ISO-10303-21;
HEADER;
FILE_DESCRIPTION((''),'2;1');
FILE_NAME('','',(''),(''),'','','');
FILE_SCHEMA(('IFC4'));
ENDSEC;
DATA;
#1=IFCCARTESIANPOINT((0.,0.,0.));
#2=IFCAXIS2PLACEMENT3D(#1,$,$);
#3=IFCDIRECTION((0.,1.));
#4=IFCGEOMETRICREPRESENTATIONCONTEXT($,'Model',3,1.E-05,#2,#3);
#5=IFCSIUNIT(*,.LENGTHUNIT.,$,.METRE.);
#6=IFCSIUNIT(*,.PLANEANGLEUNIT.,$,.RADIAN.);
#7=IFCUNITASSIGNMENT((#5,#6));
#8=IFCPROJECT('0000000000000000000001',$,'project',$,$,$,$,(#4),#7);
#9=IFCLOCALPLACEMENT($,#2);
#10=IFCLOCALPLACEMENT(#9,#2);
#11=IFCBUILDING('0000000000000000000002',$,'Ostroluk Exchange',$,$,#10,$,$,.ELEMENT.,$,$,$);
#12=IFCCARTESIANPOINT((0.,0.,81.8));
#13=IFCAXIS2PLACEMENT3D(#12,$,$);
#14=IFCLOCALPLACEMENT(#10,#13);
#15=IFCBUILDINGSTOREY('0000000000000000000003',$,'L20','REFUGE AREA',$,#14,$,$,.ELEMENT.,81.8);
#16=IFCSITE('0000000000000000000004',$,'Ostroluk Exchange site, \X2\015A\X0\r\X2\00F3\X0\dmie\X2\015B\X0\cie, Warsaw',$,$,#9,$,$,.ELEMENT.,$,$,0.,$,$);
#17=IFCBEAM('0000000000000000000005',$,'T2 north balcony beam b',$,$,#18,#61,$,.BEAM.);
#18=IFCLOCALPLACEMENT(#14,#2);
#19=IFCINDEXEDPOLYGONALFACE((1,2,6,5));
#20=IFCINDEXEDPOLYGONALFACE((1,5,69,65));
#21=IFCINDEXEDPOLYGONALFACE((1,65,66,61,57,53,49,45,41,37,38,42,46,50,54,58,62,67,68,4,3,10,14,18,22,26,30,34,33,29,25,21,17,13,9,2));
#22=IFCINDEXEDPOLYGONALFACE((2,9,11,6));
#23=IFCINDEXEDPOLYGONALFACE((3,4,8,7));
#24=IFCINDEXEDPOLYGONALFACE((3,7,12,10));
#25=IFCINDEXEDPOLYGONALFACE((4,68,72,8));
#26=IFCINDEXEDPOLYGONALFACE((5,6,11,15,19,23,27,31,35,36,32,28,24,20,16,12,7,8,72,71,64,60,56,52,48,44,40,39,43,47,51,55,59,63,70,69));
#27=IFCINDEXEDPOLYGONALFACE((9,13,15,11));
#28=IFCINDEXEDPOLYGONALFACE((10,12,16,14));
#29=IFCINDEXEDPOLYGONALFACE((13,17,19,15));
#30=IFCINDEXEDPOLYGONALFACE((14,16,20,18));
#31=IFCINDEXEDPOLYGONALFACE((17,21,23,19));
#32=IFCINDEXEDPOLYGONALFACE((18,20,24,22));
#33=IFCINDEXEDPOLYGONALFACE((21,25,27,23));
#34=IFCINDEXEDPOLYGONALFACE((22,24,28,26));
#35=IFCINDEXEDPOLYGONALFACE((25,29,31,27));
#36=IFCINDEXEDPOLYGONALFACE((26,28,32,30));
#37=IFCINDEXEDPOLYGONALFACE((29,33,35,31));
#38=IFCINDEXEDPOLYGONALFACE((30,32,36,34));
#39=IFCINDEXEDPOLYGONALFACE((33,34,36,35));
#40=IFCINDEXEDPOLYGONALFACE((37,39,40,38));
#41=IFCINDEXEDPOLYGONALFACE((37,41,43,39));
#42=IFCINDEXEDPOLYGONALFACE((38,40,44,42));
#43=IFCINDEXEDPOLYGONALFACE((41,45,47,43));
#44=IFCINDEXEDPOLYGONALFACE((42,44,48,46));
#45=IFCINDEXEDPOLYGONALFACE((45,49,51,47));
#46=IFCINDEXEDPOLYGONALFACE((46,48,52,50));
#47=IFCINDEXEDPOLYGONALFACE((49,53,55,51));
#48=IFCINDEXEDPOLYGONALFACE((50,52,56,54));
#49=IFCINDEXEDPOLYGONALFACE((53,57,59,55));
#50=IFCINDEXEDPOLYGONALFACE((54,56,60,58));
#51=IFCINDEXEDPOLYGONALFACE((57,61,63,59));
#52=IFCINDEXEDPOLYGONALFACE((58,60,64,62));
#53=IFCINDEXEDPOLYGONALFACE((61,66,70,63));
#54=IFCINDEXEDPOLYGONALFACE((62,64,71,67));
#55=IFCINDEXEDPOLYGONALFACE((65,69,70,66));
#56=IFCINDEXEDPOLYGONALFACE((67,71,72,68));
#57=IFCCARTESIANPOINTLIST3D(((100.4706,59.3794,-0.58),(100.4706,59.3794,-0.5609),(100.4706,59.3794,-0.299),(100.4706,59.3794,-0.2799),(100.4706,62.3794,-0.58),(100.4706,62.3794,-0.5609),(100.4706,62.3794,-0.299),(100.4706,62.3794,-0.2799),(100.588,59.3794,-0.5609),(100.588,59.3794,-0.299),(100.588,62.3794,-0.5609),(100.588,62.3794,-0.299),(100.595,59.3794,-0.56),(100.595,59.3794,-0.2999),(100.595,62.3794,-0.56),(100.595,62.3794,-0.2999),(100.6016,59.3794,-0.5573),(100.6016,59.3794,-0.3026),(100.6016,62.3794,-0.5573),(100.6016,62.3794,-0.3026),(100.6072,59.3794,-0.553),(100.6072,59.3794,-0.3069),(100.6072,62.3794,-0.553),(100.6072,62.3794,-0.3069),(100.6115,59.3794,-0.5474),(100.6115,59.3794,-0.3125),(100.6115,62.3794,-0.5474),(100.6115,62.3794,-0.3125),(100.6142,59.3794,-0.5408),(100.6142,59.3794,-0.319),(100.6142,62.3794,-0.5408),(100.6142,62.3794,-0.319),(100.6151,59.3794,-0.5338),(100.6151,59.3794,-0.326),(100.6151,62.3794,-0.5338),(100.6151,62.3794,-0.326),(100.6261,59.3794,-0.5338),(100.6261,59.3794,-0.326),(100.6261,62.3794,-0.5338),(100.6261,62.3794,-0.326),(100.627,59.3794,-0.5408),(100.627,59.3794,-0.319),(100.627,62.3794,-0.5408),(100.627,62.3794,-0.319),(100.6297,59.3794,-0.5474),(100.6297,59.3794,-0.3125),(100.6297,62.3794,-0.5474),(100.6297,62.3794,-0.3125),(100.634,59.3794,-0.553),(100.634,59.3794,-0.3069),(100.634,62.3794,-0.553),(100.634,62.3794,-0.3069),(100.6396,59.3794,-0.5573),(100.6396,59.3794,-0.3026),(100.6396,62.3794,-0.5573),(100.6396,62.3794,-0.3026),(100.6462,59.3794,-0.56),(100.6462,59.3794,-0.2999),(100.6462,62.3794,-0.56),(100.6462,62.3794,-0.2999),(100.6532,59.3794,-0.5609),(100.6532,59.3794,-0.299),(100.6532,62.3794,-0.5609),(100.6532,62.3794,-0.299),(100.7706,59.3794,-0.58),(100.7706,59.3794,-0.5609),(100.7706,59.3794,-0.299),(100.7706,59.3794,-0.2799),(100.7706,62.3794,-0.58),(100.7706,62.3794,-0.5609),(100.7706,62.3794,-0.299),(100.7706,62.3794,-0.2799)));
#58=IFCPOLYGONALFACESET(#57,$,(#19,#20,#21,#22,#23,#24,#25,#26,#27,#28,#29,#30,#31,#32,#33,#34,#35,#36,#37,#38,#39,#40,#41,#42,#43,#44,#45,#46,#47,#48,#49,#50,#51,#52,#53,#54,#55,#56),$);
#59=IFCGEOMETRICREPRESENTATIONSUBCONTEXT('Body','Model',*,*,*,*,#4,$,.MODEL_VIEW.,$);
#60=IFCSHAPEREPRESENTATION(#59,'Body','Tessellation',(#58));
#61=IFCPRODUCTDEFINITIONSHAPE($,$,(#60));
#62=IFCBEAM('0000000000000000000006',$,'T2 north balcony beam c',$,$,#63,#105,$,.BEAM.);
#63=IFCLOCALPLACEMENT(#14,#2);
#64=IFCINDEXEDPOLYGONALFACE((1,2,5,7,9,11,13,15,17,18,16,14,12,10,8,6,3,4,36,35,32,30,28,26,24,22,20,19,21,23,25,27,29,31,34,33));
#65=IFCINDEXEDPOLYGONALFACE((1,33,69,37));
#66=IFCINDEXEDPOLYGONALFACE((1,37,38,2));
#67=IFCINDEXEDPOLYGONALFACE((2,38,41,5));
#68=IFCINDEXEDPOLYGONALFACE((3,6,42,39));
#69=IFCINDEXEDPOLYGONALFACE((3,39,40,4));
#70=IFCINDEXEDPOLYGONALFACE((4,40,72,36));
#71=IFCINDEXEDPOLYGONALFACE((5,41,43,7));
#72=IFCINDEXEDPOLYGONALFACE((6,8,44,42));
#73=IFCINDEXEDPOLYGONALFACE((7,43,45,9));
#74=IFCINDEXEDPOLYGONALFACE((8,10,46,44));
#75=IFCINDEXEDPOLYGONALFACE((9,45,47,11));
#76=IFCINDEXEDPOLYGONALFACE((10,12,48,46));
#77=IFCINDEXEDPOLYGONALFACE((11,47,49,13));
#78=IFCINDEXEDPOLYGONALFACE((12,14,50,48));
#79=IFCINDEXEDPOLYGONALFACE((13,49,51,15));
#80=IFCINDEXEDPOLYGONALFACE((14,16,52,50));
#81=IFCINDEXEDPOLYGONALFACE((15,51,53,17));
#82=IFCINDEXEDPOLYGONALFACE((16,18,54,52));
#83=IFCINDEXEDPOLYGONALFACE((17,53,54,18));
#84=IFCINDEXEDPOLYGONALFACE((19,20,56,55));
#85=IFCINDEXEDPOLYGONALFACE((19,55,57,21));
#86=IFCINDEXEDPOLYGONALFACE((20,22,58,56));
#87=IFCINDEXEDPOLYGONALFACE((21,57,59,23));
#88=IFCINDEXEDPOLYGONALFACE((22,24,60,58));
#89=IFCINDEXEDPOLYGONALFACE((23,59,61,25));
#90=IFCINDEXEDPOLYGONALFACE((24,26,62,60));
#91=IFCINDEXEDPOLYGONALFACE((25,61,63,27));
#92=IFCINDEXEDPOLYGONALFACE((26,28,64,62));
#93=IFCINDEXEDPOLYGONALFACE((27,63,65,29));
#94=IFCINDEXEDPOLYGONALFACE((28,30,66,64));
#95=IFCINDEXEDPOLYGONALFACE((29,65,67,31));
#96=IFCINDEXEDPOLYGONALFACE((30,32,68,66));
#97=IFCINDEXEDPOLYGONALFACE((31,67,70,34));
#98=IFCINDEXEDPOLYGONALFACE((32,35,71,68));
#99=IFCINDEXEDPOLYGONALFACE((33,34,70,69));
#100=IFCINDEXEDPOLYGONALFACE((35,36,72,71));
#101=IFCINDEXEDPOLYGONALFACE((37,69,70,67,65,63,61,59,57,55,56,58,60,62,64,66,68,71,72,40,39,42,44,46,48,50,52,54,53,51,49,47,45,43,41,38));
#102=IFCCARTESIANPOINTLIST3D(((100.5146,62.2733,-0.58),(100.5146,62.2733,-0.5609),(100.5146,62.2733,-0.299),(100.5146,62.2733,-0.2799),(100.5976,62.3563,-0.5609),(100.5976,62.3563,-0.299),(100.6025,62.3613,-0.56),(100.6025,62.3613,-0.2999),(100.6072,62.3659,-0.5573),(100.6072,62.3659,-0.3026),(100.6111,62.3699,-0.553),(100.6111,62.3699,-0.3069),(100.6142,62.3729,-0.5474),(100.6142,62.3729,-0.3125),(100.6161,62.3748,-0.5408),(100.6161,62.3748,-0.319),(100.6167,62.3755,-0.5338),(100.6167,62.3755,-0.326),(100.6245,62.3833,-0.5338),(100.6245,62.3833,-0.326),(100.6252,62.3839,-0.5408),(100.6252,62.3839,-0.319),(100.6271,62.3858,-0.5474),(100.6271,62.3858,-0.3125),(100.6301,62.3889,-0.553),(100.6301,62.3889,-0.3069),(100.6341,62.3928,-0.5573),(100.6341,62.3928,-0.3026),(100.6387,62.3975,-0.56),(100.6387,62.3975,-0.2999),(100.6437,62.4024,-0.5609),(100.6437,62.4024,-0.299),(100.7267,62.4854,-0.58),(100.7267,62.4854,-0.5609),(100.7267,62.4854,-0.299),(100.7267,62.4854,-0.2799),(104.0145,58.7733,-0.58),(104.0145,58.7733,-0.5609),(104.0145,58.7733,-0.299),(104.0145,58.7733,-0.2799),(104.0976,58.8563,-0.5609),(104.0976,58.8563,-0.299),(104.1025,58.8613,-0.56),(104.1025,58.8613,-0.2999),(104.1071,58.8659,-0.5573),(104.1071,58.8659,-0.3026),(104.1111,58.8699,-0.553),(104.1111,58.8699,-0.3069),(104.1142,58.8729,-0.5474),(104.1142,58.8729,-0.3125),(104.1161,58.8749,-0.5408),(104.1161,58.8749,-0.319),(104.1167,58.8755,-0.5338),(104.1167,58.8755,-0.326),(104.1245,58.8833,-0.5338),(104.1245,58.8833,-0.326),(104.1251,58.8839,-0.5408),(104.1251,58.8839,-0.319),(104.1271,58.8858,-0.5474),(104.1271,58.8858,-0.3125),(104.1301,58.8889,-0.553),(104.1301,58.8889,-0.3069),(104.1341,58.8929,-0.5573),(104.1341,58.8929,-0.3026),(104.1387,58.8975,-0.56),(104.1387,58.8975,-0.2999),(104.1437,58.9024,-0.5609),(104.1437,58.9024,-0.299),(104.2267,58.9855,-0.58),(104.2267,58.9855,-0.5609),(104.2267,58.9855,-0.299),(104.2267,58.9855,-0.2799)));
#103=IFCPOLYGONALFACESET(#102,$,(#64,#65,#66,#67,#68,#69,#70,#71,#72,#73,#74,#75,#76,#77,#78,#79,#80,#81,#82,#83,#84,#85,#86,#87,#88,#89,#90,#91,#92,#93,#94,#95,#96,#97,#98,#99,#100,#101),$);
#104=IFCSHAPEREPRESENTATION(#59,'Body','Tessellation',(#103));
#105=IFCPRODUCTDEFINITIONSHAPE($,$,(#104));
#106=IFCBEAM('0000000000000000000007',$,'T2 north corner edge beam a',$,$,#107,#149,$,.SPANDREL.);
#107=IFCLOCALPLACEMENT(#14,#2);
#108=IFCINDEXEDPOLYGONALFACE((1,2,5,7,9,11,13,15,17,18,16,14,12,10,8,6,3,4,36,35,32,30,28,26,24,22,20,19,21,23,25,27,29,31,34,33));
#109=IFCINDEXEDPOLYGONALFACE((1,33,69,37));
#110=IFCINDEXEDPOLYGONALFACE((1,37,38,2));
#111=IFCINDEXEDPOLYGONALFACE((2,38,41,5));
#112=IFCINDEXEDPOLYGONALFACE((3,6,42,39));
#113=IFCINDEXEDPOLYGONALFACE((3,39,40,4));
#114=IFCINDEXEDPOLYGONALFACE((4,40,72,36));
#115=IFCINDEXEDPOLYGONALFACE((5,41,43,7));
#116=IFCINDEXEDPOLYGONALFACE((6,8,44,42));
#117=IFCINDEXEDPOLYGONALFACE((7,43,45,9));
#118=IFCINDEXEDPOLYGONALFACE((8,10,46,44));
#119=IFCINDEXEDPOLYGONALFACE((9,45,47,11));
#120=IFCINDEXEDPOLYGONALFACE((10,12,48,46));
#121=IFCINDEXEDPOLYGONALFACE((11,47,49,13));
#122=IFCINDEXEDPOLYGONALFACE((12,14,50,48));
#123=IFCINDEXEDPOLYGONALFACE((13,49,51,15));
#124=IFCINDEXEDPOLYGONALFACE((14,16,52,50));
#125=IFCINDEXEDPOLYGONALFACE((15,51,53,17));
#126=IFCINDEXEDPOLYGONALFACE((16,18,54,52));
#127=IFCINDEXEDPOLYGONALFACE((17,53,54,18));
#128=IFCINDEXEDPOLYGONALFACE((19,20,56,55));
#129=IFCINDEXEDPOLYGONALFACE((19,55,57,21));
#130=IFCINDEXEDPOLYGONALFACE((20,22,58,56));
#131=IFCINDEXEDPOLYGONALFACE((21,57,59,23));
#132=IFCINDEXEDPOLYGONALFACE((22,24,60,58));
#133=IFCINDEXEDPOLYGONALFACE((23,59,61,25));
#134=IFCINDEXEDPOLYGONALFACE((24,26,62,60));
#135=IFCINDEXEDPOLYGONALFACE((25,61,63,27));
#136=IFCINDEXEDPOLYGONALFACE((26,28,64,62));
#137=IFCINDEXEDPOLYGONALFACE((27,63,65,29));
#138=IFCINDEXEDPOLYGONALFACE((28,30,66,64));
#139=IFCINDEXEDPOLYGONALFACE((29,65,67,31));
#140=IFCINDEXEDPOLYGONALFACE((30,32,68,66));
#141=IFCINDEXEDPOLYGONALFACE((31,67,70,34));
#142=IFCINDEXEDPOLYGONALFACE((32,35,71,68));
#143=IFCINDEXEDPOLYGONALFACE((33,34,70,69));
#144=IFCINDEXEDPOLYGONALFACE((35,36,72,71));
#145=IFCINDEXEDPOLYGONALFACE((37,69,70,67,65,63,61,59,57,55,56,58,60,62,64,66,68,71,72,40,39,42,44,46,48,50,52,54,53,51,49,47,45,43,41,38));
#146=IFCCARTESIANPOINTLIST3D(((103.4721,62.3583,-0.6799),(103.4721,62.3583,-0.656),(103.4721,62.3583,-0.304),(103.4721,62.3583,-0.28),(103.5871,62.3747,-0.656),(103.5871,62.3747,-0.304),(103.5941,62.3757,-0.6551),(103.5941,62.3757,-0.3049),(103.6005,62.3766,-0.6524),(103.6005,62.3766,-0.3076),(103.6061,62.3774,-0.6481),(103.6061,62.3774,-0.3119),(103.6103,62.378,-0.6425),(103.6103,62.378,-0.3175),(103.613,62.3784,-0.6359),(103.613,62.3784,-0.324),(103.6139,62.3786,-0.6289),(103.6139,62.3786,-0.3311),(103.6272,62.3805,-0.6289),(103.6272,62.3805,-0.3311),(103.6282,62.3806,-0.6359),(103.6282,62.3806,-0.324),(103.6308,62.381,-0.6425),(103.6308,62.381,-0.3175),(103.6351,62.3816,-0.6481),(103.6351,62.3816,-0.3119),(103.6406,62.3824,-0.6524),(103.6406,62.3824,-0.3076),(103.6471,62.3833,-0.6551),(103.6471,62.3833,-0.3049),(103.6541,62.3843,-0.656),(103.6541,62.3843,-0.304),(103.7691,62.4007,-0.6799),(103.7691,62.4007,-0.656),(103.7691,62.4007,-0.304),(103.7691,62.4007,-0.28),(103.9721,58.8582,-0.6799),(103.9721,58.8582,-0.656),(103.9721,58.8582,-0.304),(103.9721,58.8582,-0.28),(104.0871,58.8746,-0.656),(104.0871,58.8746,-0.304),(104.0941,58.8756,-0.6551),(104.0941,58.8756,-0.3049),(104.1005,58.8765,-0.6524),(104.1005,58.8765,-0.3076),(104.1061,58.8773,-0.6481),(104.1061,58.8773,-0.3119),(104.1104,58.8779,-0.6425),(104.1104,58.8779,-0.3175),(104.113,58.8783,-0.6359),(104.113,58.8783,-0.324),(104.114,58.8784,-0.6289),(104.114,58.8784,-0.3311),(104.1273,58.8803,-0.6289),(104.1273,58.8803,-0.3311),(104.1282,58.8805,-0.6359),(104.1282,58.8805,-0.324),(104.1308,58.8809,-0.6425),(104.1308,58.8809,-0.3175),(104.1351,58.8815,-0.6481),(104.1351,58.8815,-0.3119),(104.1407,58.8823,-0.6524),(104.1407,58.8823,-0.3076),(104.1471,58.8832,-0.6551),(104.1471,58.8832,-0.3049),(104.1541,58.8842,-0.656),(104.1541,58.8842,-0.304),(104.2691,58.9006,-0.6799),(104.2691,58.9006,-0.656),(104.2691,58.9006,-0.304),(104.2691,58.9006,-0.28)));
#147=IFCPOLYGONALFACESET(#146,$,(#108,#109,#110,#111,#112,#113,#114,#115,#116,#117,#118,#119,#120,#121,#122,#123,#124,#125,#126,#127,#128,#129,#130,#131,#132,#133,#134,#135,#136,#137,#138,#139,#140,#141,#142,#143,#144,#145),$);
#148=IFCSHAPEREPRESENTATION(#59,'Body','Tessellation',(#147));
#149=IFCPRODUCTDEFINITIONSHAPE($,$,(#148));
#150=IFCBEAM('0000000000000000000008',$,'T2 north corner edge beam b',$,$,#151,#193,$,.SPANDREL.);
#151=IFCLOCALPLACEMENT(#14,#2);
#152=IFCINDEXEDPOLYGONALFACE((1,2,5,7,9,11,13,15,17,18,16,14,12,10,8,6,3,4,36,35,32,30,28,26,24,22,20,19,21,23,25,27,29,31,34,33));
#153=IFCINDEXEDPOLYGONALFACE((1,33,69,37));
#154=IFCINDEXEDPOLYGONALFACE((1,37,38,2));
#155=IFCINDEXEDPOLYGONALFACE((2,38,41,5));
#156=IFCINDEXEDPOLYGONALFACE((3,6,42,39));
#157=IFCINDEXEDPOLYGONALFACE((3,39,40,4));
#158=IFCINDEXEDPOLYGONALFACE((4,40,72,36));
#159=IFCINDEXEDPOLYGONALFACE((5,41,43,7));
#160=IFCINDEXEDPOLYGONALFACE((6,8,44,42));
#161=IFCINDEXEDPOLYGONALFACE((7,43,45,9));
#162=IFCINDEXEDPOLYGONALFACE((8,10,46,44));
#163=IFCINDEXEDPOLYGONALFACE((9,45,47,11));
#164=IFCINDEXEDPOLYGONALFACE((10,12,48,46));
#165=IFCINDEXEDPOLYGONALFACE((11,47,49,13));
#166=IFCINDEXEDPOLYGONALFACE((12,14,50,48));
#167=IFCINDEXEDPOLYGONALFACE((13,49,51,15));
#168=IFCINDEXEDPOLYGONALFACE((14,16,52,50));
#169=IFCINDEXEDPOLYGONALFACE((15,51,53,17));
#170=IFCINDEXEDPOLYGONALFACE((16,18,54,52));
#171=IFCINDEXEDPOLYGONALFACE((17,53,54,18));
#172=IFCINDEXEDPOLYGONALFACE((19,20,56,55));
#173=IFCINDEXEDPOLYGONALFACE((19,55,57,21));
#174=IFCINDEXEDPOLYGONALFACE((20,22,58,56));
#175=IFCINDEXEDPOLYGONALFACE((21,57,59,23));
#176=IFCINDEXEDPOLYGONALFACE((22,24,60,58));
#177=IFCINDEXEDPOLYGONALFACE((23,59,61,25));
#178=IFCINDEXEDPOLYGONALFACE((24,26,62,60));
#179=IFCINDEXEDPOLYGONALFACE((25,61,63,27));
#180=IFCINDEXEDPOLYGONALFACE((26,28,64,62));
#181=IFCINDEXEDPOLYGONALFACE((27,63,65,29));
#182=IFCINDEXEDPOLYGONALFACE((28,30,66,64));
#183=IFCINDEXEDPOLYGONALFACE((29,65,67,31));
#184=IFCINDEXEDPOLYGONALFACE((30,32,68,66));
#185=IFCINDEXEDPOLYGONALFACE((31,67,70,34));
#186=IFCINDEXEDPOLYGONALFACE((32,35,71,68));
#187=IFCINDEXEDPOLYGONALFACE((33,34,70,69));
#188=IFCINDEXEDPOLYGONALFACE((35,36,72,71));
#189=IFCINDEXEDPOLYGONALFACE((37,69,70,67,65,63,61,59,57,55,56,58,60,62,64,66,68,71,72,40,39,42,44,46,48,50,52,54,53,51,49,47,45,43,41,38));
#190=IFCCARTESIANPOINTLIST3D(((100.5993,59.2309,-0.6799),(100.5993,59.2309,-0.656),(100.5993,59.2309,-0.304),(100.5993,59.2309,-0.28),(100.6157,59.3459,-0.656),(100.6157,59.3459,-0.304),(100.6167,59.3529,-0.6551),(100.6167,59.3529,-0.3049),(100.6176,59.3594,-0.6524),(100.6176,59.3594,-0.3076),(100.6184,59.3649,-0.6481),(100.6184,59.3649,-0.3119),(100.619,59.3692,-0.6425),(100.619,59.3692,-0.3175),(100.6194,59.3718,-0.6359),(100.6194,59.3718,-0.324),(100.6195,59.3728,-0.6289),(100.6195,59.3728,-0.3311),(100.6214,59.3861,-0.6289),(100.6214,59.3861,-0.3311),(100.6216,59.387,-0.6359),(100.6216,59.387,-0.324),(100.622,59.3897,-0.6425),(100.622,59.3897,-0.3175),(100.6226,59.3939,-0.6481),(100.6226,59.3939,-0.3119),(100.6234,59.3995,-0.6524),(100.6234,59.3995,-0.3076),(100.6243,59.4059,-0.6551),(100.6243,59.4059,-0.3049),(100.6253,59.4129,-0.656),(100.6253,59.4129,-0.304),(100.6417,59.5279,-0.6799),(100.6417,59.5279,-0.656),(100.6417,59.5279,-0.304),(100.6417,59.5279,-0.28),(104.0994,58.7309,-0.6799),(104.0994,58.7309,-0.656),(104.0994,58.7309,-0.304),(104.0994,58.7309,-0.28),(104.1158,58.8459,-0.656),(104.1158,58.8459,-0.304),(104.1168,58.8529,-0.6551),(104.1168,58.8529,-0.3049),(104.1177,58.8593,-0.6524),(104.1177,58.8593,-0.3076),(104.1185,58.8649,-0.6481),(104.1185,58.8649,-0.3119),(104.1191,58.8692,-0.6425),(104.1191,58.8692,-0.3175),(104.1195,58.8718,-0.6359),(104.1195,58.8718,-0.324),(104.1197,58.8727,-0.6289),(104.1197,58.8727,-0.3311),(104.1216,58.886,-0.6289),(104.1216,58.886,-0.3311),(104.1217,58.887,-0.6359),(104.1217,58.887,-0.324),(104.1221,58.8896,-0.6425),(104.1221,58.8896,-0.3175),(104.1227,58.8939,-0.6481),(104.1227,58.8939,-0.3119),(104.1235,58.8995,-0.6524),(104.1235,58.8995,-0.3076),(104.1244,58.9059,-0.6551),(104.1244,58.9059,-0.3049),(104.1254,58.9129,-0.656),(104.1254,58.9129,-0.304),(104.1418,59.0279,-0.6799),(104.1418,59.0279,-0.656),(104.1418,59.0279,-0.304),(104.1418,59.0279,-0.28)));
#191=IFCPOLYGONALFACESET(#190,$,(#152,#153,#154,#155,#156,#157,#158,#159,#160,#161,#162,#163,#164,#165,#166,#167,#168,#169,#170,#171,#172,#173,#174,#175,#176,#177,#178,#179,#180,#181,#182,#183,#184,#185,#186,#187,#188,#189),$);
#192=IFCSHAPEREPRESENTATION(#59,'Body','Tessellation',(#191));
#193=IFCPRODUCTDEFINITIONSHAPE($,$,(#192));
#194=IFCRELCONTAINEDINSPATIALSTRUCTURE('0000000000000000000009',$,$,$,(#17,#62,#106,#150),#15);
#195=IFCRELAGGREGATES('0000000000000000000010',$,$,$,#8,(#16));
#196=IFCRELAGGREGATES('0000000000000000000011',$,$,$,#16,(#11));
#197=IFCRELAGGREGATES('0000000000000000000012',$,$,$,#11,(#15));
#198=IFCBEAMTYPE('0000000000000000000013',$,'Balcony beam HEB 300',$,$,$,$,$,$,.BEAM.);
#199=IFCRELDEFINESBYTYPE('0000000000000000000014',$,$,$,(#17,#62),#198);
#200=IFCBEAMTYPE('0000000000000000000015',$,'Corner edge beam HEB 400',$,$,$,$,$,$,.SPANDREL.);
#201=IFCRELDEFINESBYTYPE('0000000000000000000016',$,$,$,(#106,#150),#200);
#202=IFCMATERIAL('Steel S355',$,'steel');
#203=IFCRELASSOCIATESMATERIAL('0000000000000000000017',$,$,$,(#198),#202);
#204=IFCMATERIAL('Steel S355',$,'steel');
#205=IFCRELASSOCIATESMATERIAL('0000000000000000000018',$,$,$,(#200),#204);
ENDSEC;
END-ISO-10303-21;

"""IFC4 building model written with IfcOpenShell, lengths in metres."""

from ifc_helpers import new_model, si_unit, direction, frame, origin, origin_2d, place, context, subcontext, project, spatial, i_section, extrude, material, material_profile, profile_set, type_object, element, save


model = new_model("IFC4")

# Units and contexts
model_context = context("Model", 3, precision=1e-05, world=origin(), true_north=direction((0.0, 1.0)))
body_context = subcontext(model_context, "Body", "Model", "MODEL_VIEW")
ifc_project = project(units=[si_unit("LENGTHUNIT", "METRE"), si_unit("PLANEANGLEUNIT", "RADIAN")], contexts=[model_context])

# Site, building, storey
site_placement = place(None, origin())
site = spatial("IfcSite", under=ifc_project, at=site_placement, Name="Ostroluk Exchange site, Śródmieście, Warsaw", CompositionType="ELEMENT", RefElevation=0.0)
building_placement = place(site_placement, origin())
building = spatial("IfcBuilding", under=site, at=building_placement, Name="Ostroluk Exchange", CompositionType="ELEMENT")
storey_placement = place(building_placement, frame((0.0, 0.0, 81.8)))
storey = spatial("IfcBuildingStorey", under=building, at=storey_placement, Name="L20", Description="REFUGE AREA", CompositionType="ELEMENT", Elevation=81.8)

# Beams
ifc_material_1 = material(Name="Steel S355", Category="steel")
ifc_material_profile_1 = material_profile(ifc_material_1, i_section(OverallWidth=0.3, OverallDepth=0.3, WebThickness=0.011, FlangeThickness=0.019, FilletRadius=0.0271, at=origin_2d()), Name="HEB 300")
ifc_profile_set_1 = profile_set([ifc_material_profile_1], Name="Steel S355")
beam_type_1 = type_object("IfcBeamType", Name="Balcony beam HEB 300", PredefinedType="BEAM", material=ifc_profile_set_1)
for number, where, z_axis, x_axis, name in (
    (1, (100.6206, 59.3794, -0.4299), (0.0, 1.0, 0.0), (-1.0, 0.0, 0.0), "T2 north balcony beam b"),
):
    element("IfcBeam", number, at=place(storey_placement, frame(where, z_axis=z_axis, x_axis=x_axis)), inside=storey, type_object=beam_type_1, Name=name, PredefinedType="BEAM", context=body_context, shape_type="SweptSolid", body=[
        extrude(i_section(OverallWidth=0.3, OverallDepth=0.3, WebThickness=0.011, FlangeThickness=0.019, FilletRadius=0.0271, at=origin_2d()), origin(), (0.0, 0.0, 1.0), 3.0),
    ])
beam_1_placement = place(storey_placement, frame((104.1206, 58.8794, -0.4299), z_axis=(-0.707107, 0.707107, 0.0), x_axis=(-0.707107, -0.707107, 0.0)))
element("IfcBeam", 2, at=beam_1_placement, inside=storey, type_object=beam_type_1, Name="T2 north balcony beam c", PredefinedType="BEAM", context=body_context, shape_type="SweptSolid", body=[
    extrude(i_section(OverallWidth=0.3, OverallDepth=0.3, WebThickness=0.011, FlangeThickness=0.019, FilletRadius=0.0271, at=origin_2d()), origin(), (0.0, 0.0, 1.0), 4.9497),
])
ifc_material_2 = material(Name="Steel S355", Category="steel")
ifc_material_profile_2 = material_profile(ifc_material_2, i_section(OverallWidth=0.3, OverallDepth=0.3999, WebThickness=0.0134, FlangeThickness=0.0239, FilletRadius=0.0271, at=origin_2d()), Name="HEB 400")
ifc_profile_set_2 = profile_set([ifc_material_profile_2], Name="Steel S355")
beam_type_2 = type_object("IfcBeamType", Name="Corner edge beam HEB 400", PredefinedType="SPANDREL", material=ifc_profile_set_2)
for number, where, z_axis, x_axis, name in (
    (3, (104.1206, 58.8794, -0.48), (-0.141421, 0.989949, 0.0), (-0.989949, -0.141421, 0.0), "T2 north corner edge beam a"),
    (4, (104.1206, 58.8794, -0.48), (-0.989949, 0.141421, 0.0), (-0.141421, -0.989949, 0.0), "T2 north corner edge beam b"),
):
    element("IfcBeam", number, at=place(storey_placement, frame(where, z_axis=z_axis, x_axis=x_axis)), inside=storey, type_object=beam_type_2, Name=name, PredefinedType="SPANDREL", context=body_context, shape_type="SweptSolid", body=[
        extrude(i_section(OverallWidth=0.3, OverallDepth=0.3999, WebThickness=0.0134, FlangeThickness=0.0239, FilletRadius=0.0271, at=origin_2d()), origin(), (0.0, 0.0, 1.0), 3.5356),
    ])

save(model, "model.ifc")
